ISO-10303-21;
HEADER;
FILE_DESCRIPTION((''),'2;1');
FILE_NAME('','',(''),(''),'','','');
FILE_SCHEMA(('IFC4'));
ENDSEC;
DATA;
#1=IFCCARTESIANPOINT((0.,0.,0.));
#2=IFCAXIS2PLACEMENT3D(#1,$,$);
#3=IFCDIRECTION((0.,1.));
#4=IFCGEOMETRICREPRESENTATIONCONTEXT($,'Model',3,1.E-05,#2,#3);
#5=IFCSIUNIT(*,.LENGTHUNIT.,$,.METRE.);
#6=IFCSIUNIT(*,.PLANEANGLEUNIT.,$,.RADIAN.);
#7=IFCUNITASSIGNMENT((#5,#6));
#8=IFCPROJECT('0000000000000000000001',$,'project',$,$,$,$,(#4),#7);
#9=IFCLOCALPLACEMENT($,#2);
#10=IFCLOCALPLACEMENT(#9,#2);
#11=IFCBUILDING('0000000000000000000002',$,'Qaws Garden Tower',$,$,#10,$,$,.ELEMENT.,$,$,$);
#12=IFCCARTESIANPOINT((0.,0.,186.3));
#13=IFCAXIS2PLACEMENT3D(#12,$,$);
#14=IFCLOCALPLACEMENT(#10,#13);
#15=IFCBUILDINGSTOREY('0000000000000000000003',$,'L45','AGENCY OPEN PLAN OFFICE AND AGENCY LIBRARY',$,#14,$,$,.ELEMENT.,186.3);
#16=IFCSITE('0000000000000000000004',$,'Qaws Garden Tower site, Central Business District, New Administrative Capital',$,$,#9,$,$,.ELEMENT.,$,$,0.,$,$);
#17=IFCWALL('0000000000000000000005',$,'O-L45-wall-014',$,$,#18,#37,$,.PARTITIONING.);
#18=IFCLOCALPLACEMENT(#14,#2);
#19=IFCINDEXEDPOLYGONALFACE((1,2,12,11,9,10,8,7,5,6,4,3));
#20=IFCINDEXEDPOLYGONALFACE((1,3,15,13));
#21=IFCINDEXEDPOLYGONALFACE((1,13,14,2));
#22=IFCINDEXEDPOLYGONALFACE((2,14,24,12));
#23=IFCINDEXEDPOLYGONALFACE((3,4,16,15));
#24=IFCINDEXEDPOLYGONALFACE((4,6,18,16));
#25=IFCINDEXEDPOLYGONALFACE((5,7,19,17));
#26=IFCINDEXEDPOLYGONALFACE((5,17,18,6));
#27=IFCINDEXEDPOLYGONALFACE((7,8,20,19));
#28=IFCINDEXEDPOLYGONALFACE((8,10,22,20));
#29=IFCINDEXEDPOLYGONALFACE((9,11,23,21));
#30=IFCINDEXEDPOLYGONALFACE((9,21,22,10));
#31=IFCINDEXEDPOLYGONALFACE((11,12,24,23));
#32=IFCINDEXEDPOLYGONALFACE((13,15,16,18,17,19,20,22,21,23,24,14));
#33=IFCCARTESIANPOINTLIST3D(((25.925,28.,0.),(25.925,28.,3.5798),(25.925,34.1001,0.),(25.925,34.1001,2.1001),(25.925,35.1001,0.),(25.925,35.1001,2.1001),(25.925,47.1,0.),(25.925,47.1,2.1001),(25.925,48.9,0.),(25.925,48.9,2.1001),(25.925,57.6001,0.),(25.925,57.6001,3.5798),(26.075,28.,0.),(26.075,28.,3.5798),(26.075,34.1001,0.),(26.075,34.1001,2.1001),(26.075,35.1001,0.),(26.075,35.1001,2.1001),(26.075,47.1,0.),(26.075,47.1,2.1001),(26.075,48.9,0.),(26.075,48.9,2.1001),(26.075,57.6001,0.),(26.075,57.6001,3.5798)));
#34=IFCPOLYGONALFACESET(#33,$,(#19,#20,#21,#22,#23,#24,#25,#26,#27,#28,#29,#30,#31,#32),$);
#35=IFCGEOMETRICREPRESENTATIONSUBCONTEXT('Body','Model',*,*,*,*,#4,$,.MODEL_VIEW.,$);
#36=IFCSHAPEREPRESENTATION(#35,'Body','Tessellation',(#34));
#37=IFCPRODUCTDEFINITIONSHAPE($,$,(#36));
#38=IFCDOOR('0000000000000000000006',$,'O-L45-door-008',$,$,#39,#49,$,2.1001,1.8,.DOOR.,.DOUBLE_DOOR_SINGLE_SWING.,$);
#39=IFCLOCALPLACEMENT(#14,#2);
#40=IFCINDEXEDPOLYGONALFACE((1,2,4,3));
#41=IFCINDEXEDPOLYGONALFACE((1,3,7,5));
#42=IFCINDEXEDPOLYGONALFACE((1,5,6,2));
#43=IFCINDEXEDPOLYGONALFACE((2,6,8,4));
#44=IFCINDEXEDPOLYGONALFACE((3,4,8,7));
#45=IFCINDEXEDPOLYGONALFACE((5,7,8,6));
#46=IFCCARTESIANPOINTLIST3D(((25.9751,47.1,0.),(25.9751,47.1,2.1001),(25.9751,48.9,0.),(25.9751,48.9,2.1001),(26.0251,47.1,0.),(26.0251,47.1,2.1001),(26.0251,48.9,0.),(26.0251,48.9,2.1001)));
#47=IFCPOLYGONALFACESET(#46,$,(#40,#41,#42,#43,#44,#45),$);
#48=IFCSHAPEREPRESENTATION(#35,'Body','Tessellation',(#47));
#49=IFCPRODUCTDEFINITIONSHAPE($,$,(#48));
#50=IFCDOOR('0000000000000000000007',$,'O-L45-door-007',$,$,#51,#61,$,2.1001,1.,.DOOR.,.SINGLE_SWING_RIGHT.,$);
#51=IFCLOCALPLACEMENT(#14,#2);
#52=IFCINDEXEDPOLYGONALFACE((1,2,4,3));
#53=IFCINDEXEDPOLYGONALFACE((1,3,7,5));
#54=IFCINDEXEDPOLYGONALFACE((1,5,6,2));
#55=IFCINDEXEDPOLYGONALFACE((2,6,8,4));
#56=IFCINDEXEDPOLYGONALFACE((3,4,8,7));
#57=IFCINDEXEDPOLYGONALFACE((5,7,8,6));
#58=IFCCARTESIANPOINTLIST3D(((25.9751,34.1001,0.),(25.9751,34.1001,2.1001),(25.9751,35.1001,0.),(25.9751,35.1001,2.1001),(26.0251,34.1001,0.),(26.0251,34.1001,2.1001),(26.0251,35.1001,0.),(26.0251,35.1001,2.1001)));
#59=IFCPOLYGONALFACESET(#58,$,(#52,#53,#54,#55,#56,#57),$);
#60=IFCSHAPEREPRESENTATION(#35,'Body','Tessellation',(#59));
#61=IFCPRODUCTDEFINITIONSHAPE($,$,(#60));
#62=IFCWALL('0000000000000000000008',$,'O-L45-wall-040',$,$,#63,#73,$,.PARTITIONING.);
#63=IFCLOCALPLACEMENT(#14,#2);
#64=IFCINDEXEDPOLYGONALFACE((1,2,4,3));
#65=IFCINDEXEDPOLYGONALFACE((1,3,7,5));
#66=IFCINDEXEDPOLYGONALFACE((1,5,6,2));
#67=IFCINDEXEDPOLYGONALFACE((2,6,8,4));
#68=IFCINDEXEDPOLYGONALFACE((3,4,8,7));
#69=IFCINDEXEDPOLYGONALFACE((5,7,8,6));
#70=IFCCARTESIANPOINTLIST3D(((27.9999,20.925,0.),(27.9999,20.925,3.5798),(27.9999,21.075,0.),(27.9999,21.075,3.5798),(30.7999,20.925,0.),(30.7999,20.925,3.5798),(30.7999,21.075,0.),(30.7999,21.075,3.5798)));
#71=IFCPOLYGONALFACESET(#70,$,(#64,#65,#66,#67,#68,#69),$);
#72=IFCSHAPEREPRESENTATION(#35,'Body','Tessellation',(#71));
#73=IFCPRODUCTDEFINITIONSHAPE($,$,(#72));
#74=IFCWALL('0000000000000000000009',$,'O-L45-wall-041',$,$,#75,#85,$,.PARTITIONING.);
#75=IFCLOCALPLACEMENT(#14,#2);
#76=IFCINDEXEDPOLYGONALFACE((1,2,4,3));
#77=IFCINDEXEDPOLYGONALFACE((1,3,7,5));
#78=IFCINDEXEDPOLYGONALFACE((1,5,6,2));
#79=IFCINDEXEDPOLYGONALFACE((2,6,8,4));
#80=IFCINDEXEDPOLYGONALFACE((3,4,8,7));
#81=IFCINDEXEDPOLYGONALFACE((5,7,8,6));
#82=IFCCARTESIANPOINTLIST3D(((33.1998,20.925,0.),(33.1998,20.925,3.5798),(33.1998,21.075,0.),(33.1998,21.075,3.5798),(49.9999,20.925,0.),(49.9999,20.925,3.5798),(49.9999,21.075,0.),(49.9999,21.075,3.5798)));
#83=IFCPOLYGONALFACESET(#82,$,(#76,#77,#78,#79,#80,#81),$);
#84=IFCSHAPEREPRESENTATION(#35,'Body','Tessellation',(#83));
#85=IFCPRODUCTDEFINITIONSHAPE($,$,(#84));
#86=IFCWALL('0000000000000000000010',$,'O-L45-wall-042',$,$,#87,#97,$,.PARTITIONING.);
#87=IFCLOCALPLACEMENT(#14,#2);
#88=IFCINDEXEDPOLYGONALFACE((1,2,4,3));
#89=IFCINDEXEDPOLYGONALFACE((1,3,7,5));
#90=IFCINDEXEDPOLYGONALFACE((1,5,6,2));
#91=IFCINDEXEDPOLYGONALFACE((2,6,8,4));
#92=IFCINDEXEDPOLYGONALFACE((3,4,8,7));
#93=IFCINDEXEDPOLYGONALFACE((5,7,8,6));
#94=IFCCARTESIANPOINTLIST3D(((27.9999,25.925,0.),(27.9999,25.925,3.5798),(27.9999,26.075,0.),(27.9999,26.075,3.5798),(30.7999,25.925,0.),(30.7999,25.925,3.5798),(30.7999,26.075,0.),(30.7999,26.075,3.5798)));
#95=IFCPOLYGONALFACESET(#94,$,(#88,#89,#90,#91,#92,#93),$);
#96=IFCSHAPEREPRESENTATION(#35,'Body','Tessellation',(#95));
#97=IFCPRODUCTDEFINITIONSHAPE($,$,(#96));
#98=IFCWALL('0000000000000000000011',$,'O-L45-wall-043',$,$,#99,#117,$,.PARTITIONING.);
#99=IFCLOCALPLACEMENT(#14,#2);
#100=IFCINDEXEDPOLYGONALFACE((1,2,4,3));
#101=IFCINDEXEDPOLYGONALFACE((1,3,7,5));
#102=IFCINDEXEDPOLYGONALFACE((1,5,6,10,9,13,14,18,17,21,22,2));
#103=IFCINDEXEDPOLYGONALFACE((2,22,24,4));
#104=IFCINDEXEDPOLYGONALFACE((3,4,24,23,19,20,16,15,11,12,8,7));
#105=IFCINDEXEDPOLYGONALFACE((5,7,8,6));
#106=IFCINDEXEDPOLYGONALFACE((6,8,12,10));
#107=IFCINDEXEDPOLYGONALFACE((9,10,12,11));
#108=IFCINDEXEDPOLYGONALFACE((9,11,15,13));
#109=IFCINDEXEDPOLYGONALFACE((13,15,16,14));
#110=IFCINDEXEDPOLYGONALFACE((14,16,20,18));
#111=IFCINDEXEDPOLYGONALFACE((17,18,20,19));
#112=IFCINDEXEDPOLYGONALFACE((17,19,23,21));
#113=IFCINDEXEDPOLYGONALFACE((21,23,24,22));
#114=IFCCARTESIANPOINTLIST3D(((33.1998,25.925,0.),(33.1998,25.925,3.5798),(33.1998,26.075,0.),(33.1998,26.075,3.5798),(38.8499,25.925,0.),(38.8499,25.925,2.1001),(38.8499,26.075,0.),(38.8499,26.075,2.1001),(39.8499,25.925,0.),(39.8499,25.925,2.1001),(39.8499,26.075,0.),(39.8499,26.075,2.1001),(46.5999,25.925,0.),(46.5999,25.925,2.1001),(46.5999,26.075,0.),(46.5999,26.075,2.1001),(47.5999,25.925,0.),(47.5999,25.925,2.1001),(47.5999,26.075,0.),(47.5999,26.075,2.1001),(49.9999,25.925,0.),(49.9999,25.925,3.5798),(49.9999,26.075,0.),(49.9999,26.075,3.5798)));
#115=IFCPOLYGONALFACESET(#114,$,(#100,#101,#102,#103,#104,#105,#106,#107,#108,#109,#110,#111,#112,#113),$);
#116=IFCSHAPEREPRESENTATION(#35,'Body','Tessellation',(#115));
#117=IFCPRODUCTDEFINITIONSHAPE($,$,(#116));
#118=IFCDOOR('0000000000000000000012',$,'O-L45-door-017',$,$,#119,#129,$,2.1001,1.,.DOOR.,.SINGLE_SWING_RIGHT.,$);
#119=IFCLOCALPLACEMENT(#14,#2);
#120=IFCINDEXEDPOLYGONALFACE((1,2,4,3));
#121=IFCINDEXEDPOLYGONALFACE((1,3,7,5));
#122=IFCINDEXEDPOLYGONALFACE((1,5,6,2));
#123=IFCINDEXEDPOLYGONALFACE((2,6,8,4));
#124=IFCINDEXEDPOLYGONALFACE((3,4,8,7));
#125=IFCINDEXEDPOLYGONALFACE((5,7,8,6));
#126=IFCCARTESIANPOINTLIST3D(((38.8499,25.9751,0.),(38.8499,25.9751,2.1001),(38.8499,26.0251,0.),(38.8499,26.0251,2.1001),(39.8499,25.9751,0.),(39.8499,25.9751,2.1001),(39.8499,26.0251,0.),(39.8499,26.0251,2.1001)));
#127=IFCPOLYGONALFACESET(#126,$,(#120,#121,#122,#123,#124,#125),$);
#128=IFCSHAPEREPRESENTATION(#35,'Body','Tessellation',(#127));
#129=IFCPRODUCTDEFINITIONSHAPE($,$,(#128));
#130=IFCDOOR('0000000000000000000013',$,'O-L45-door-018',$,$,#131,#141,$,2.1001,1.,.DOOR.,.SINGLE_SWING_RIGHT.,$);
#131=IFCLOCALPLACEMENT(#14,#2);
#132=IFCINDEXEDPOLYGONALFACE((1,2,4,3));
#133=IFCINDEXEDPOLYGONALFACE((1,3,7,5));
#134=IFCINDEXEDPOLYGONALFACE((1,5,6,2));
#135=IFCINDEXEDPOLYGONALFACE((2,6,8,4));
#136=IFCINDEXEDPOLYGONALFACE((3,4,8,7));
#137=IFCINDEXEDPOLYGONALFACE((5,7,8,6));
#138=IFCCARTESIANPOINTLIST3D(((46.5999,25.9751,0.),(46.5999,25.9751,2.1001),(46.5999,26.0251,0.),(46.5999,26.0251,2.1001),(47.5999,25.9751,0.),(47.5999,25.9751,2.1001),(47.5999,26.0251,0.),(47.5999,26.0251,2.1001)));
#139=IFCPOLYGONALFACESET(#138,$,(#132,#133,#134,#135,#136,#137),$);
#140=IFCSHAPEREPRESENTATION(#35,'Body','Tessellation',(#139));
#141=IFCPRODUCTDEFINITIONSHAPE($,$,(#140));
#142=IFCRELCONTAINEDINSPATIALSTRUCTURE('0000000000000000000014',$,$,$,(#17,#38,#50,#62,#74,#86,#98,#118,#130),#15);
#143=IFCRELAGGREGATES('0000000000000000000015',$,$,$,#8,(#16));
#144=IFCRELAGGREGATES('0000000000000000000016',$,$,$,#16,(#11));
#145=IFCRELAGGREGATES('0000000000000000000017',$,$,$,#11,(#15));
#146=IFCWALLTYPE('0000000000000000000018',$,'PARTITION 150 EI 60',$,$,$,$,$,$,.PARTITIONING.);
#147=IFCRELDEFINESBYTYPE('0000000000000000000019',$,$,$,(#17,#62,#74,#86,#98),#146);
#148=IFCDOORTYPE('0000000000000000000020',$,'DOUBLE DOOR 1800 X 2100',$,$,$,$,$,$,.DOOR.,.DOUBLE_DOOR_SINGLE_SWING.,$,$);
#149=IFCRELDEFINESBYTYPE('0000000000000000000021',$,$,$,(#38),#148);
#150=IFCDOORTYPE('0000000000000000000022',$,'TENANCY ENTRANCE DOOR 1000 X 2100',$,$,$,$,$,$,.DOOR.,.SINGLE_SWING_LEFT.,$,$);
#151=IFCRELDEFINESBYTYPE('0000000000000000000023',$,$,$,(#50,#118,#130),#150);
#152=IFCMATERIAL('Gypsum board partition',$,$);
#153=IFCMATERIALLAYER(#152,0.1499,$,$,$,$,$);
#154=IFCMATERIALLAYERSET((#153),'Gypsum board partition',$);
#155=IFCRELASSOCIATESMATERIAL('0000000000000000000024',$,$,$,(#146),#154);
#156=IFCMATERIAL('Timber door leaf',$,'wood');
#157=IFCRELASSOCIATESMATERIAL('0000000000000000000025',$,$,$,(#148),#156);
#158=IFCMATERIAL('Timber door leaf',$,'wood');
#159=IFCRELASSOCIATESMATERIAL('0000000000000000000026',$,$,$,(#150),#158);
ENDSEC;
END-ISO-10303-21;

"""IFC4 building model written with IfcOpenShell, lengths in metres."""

from ifc_helpers import new_model, si_unit, direction, frame, frame_2d, origin, place, context, subcontext, project, spatial, rectangle, extrude, material, layer, layer_set, type_object, element, fill, save


model = new_model("IFC4")

# Units and contexts
model_context = context("Model", 3, precision=1e-05, world=origin(), true_north=direction((0.0, 1.0)))
body_context = subcontext(model_context, "Body", "Model", "MODEL_VIEW")
ifc_project = project(units=[si_unit("LENGTHUNIT", "METRE"), si_unit("PLANEANGLEUNIT", "RADIAN")], contexts=[model_context])

# Site, building, storey
site_placement = place(None, origin())
site = spatial("IfcSite", under=ifc_project, at=site_placement, Name="Qaws Garden Tower site, Central Business District, New Administrative Capital", CompositionType="ELEMENT", RefElevation=0.0)
building_placement = place(site_placement, origin())
building = spatial("IfcBuilding", under=site, at=building_placement, Name="Qaws Garden Tower", CompositionType="ELEMENT")
storey_placement = place(building_placement, frame((0.0, 0.0, 186.3)))
storey = spatial("IfcBuildingStorey", under=building, at=storey_placement, Name="L45", Description="AGENCY OPEN PLAN OFFICE AND AGENCY LIBRARY", CompositionType="ELEMENT", Elevation=186.3)

# Wall, openings, doors
ifc_material_1 = material(Name="Gypsum board partition")
ifc_layer_1 = layer(ifc_material_1, 0.1499)
ifc_layer_set_1 = layer_set([ifc_layer_1], Name="Gypsum board partition")
wall_type_1 = type_object("IfcWallType", Name="PARTITION 150 EI 60", PredefinedType="PARTITIONING", material=ifc_layer_set_1)
wall_1_placement = place(storey_placement, frame((26.0, 28.0, 0.0), z_axis=(0.0, 0.0, 1.0), x_axis=(0.0, 1.0, 0.0)))
wall_1 = element("IfcWall", 1, at=wall_1_placement, inside=storey, type_object=wall_type_1, Name="O-L45-wall-014", PredefinedType="PARTITIONING", context=body_context, shape_type="SweptSolid", body=[
    extrude(rectangle(XDim=29.6001, YDim=0.1499, at=frame_2d((14.8, 0.0))), origin(), (0.0, 0.0, 1.0), 3.5798),
])
opening_1_placement = place(wall_1_placement, frame((6.1001, 0.0, 0.0)))
opening_1 = element("IfcOpeningElement", 2, at=opening_1_placement, cuts=wall_1, PredefinedType="OPENING", context=body_context, shape_type="SweptSolid", body=[
    extrude(rectangle(XDim=1.0, YDim=2.1001, at=frame_2d((0.5, 1.05))), frame((0.0, 0.085, 0.0), z_axis=(0.0, -1.0, 0.0), x_axis=(1.0, 0.0, 0.0)), (0.0, 0.0, 1.0), 0.1699),
])
opening_2_placement = place(wall_1_placement, frame((19.1001, 0.0, 0.0)))
opening_2 = element("IfcOpeningElement", 3, at=opening_2_placement, cuts=wall_1, PredefinedType="OPENING", context=body_context, shape_type="SweptSolid", body=[
    extrude(rectangle(XDim=1.8, YDim=2.1001, at=frame_2d((0.8999, 1.05))), frame((0.0, 0.085, 0.0), z_axis=(0.0, -1.0, 0.0), x_axis=(1.0, 0.0, 0.0)), (0.0, 0.0, 1.0), 0.1699),
])
ifc_material_2 = material(Name="Timber door leaf", Category="wood")
door_type_1 = type_object("IfcDoorType", Name="DOUBLE DOOR 1800 X 2100", OperationType="DOUBLE_DOOR_SINGLE_SWING", PredefinedType="DOOR", material=ifc_material_2)
door_1_placement = place(opening_2_placement, origin())
door_1 = element("IfcDoor", 4, at=door_1_placement, inside=storey, type_object=door_type_1, Name="O-L45-door-008", OperationType="DOUBLE_DOOR_SINGLE_SWING", OverallHeight=2.1001, OverallWidth=1.8, PredefinedType="DOOR", context=body_context, shape_type="SweptSolid", body=[
    extrude(rectangle(XDim=1.8, YDim=2.1001, at=frame_2d((0.8999, 1.05))), frame((0.0, 0.0249, 0.0), z_axis=(0.0, -1.0, 0.0), x_axis=(1.0, 0.0, 0.0)), (0.0, 0.0, 1.0), 0.05),
])
fill(opening_2, door_1)
ifc_material_3 = material(Name="Timber door leaf", Category="wood")
door_type_2 = type_object("IfcDoorType", Name="TENANCY ENTRANCE DOOR 1000 X 2100", OperationType="SINGLE_SWING_LEFT", PredefinedType="DOOR", material=ifc_material_3)
door_2_placement = place(opening_1_placement, origin())
door_2 = element("IfcDoor", 5, at=door_2_placement, inside=storey, type_object=door_type_2, Name="O-L45-door-007", OperationType="SINGLE_SWING_RIGHT", OverallHeight=2.1001, OverallWidth=1.0, PredefinedType="DOOR", context=body_context, shape_type="SweptSolid", body=[
    extrude(rectangle(XDim=1.0, YDim=2.1001, at=frame_2d((0.5, 1.05))), frame((0.0, 0.0249, 0.0), z_axis=(0.0, -1.0, 0.0), x_axis=(1.0, 0.0, 0.0)), (0.0, 0.0, 1.0), 0.05),
])
fill(opening_1, door_2)

# Walls
wall_2_placement = place(storey_placement, frame((28.0, 21.0, 0.0), z_axis=(0.0, 0.0, 1.0), x_axis=(1.0, 0.0, 0.0)))
element("IfcWall", 6, at=wall_2_placement, inside=storey, type_object=wall_type_1, Name="O-L45-wall-040", PredefinedType="PARTITIONING", context=body_context, shape_type="SweptSolid", body=[
    extrude(rectangle(XDim=2.8, YDim=0.1499, at=frame_2d((1.3999, 0.0))), origin(), (0.0, 0.0, 1.0), 3.5798),
])
wall_3_placement = place(storey_placement, frame((33.2, 21.0, 0.0), z_axis=(0.0, 0.0, 1.0), x_axis=(1.0, 0.0, 0.0)))
element("IfcWall", 7, at=wall_3_placement, inside=storey, type_object=wall_type_1, Name="O-L45-wall-041", PredefinedType="PARTITIONING", context=body_context, shape_type="SweptSolid", body=[
    extrude(rectangle(XDim=16.8, YDim=0.1499, at=frame_2d((8.3999, 0.0))), origin(), (0.0, 0.0, 1.0), 3.5798),
])
wall_4_placement = place(storey_placement, frame((28.0, 26.0, 0.0), z_axis=(0.0, 0.0, 1.0), x_axis=(1.0, 0.0, 0.0)))
element("IfcWall", 8, at=wall_4_placement, inside=storey, type_object=wall_type_1, Name="O-L45-wall-042", PredefinedType="PARTITIONING", context=body_context, shape_type="SweptSolid", body=[
    extrude(rectangle(XDim=2.8, YDim=0.1499, at=frame_2d((1.3999, 0.0))), origin(), (0.0, 0.0, 1.0), 3.5798),
])

# Wall, openings, doors
wall_5_placement = place(storey_placement, frame((33.2, 26.0, 0.0), z_axis=(0.0, 0.0, 1.0), x_axis=(1.0, 0.0, 0.0)))
wall_5 = element("IfcWall", 9, at=wall_5_placement, inside=storey, type_object=wall_type_1, Name="O-L45-wall-043", PredefinedType="PARTITIONING", context=body_context, shape_type="SweptSolid", body=[
    extrude(rectangle(XDim=16.8, YDim=0.1499, at=frame_2d((8.3999, 0.0))), origin(), (0.0, 0.0, 1.0), 3.5798),
])
opening_3_placement = place(wall_5_placement, frame((5.6499, 0.0, 0.0)))
opening_3 = element("IfcOpeningElement", 10, at=opening_3_placement, cuts=wall_5, PredefinedType="OPENING", context=body_context, shape_type="SweptSolid", body=[
    extrude(rectangle(XDim=1.0, YDim=2.1001, at=frame_2d((0.5, 1.05))), frame((0.0, 0.085, 0.0), z_axis=(0.0, -1.0, 0.0), x_axis=(1.0, 0.0, 0.0)), (0.0, 0.0, 1.0), 0.1699),
])
opening_4_placement = place(wall_5_placement, frame((13.3999, 0.0, 0.0)))
opening_4 = element("IfcOpeningElement", 11, at=opening_4_placement, cuts=wall_5, PredefinedType="OPENING", context=body_context, shape_type="SweptSolid", body=[
    extrude(rectangle(XDim=1.0, YDim=2.1001, at=frame_2d((0.5, 1.05))), frame((0.0, 0.085, 0.0), z_axis=(0.0, -1.0, 0.0), x_axis=(1.0, 0.0, 0.0)), (0.0, 0.0, 1.0), 0.1699),
])
door_3_placement = place(opening_3_placement, frame((1.0, 0.0, 0.0), z_axis=(0.0, 0.0, 1.0), x_axis=(-1.0, 0.0, 0.0)))
door_3 = element("IfcDoor", 12, at=door_3_placement, inside=storey, type_object=door_type_2, Name="O-L45-door-017", OperationType="SINGLE_SWING_RIGHT", OverallHeight=2.1001, OverallWidth=1.0, PredefinedType="DOOR", context=body_context, shape_type="SweptSolid", body=[
    extrude(rectangle(XDim=1.0, YDim=2.1001, at=frame_2d((0.5, 1.05))), frame((0.0, 0.0249, 0.0), z_axis=(0.0, -1.0, 0.0), x_axis=(1.0, 0.0, 0.0)), (0.0, 0.0, 1.0), 0.05),
])
fill(opening_3, door_3)
door_4_placement = place(opening_4_placement, frame((1.0, 0.0, 0.0), z_axis=(0.0, 0.0, 1.0), x_axis=(-1.0, 0.0, 0.0)))
door_4 = element("IfcDoor", 13, at=door_4_placement, inside=storey, type_object=door_type_2, Name="O-L45-door-018", OperationType="SINGLE_SWING_RIGHT", OverallHeight=2.1001, OverallWidth=1.0, PredefinedType="DOOR", context=body_context, shape_type="SweptSolid", body=[
    extrude(rectangle(XDim=1.0, YDim=2.1001, at=frame_2d((0.5, 1.05))), frame((0.0, 0.0249, 0.0), z_axis=(0.0, -1.0, 0.0), x_axis=(1.0, 0.0, 0.0)), (0.0, 0.0, 1.0), 0.05),
])
fill(opening_4, door_4)

save(model, "model.ifc")
